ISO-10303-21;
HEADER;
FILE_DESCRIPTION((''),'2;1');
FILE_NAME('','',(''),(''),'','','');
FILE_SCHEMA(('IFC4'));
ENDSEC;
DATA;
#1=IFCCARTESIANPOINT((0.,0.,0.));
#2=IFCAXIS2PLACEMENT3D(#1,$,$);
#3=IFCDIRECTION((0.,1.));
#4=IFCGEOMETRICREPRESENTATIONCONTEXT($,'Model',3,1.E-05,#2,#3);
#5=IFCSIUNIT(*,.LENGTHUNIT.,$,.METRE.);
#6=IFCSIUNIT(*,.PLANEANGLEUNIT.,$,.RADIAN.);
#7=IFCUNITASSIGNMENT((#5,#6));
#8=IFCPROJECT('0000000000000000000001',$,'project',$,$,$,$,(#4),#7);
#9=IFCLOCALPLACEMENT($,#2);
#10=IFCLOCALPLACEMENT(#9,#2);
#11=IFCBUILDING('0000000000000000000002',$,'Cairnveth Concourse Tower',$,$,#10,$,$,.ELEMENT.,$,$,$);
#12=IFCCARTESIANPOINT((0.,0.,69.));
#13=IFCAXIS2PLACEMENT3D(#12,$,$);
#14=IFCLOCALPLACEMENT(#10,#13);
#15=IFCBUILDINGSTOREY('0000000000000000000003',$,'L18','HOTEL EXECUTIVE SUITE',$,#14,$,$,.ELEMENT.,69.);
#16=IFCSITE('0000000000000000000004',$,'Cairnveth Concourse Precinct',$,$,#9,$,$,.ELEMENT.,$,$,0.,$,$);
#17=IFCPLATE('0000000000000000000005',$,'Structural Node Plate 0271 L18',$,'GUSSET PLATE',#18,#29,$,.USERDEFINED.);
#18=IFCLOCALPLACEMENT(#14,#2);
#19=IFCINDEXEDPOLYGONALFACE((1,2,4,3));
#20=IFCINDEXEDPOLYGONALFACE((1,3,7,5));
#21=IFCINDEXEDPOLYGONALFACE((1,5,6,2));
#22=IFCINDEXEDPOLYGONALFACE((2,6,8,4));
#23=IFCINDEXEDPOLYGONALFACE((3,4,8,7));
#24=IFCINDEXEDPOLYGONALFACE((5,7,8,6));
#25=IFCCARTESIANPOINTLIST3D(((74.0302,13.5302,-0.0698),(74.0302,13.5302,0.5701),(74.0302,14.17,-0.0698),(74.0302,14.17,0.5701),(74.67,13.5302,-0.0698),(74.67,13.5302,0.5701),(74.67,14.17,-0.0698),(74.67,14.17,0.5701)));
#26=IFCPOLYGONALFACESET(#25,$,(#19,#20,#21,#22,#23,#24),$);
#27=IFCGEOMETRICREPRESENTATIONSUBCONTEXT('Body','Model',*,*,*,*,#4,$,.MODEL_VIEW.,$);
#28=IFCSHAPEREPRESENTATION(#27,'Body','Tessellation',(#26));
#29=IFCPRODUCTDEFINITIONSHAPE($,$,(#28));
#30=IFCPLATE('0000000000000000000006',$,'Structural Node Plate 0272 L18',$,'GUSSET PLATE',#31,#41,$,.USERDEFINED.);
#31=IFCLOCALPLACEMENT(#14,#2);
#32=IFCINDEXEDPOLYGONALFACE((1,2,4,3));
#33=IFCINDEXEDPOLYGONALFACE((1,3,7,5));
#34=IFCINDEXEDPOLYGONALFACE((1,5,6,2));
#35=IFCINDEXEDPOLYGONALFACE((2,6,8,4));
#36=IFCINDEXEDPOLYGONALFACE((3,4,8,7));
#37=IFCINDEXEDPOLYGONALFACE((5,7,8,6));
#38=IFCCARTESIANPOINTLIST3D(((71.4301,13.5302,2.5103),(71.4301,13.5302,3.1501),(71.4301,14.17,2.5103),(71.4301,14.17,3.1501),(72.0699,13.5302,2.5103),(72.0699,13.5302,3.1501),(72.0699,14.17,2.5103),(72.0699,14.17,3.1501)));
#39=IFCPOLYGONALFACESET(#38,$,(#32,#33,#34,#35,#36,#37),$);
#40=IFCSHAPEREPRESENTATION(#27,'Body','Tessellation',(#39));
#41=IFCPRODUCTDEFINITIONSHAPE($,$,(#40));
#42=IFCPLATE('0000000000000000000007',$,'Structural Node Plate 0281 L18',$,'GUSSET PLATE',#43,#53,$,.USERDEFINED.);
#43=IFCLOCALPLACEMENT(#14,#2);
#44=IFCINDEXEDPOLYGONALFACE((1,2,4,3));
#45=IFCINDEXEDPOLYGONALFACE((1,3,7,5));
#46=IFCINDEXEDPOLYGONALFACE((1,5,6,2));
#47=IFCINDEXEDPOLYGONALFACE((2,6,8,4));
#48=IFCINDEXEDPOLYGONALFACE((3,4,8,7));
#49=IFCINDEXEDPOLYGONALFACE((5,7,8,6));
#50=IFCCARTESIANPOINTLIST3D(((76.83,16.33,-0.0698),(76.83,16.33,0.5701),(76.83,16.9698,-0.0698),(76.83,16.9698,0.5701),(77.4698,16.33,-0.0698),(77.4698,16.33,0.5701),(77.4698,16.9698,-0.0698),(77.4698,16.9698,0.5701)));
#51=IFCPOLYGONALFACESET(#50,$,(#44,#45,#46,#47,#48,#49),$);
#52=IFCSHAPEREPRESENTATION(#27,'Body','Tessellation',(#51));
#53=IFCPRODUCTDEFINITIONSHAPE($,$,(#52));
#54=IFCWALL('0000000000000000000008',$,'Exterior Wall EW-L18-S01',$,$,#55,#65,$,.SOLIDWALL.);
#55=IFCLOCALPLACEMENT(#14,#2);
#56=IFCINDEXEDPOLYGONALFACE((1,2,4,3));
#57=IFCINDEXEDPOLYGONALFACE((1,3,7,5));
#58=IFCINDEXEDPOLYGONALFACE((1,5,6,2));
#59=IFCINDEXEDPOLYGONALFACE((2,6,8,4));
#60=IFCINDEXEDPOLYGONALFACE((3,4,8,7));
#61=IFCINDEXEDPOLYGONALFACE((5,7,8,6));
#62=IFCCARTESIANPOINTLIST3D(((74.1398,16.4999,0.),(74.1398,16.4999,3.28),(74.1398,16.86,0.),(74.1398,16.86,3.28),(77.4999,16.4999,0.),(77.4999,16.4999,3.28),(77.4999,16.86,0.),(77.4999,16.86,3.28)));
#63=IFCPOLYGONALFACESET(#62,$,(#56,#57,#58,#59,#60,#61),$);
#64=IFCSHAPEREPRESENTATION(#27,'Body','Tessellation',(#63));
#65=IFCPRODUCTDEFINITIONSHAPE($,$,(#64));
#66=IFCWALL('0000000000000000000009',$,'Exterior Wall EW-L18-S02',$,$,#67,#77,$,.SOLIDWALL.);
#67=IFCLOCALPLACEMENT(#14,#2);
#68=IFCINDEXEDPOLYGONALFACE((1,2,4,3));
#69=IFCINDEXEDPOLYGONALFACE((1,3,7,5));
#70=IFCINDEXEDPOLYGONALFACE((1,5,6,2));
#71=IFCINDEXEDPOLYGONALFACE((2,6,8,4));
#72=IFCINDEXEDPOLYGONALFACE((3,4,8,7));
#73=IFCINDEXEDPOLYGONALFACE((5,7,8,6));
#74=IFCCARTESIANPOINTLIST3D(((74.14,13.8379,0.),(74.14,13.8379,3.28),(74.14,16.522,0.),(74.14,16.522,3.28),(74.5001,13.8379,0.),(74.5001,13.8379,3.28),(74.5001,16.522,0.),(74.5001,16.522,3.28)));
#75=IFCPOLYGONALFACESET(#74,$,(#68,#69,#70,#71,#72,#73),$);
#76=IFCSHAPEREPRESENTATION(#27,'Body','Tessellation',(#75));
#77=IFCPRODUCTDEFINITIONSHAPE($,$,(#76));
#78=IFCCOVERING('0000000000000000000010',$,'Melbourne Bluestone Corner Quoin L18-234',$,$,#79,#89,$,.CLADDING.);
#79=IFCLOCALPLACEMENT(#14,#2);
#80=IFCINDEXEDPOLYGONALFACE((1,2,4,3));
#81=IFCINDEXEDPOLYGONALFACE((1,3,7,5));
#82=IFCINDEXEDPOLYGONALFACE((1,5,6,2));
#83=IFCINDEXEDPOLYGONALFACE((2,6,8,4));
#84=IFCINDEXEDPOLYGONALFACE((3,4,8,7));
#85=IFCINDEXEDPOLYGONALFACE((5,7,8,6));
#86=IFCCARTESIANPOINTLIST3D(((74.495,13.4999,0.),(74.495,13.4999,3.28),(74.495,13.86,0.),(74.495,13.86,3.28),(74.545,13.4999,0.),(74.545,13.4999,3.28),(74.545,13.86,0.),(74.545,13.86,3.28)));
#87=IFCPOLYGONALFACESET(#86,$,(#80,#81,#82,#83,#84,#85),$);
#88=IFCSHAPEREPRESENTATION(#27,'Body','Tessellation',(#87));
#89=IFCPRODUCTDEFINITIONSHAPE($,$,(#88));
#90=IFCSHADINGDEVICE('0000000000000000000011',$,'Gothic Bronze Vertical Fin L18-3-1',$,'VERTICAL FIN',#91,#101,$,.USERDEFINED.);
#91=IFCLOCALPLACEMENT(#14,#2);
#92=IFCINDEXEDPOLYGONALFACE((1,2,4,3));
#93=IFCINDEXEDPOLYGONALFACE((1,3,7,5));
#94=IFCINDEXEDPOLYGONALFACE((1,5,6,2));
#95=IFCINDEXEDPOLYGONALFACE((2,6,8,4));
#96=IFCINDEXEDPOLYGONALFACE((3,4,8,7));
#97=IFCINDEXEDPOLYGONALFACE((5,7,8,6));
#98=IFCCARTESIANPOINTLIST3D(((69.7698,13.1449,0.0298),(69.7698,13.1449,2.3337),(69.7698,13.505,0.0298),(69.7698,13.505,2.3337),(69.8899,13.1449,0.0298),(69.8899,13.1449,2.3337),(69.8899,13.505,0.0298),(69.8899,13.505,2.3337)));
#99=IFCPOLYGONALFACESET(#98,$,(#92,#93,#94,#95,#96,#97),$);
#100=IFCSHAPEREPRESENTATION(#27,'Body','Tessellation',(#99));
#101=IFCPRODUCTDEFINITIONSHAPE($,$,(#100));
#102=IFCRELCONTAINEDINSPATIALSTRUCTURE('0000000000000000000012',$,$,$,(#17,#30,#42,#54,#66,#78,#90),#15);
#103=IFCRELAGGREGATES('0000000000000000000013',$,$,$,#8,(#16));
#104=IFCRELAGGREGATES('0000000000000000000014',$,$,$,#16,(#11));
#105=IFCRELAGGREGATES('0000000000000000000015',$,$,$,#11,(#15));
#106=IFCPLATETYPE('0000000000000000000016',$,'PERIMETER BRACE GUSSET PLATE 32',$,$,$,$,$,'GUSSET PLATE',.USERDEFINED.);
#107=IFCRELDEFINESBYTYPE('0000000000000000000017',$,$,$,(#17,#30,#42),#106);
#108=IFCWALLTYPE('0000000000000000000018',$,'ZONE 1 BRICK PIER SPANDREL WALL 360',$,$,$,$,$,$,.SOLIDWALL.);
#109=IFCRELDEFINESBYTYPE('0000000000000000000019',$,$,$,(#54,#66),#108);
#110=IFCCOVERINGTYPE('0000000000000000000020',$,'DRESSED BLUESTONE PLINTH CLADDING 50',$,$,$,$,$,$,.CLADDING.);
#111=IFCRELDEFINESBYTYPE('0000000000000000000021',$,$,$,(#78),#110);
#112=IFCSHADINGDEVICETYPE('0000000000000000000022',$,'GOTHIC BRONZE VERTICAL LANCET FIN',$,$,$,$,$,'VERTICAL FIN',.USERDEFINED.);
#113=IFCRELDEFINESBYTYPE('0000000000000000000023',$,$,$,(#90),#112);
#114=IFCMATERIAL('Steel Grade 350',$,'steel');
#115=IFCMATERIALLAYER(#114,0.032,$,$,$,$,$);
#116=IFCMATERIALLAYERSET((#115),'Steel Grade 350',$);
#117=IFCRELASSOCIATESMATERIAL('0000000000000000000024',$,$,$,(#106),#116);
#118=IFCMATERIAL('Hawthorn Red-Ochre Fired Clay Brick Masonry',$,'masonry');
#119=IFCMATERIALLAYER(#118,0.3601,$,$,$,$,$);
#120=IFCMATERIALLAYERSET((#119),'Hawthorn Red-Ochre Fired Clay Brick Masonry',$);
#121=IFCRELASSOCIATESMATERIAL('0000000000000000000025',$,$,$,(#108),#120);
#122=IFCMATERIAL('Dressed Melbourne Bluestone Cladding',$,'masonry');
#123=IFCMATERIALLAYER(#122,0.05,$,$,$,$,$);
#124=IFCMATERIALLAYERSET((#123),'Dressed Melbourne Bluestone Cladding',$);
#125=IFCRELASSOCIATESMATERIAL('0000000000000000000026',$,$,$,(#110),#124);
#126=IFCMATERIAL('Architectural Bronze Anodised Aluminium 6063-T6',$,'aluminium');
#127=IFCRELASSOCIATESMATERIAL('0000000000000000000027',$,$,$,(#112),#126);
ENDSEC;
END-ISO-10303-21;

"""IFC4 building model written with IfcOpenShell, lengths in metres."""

from ifc_helpers import new_model, si_unit, direction, frame, frame_2d, origin, origin_2d, place, context, subcontext, project, spatial, rectangle, extrude, material, layer, layer_set, type_object, element, save


model = new_model("IFC4")

# Units and contexts
model_context = context("Model", 3, precision=1e-05, world=origin(), true_north=direction((0.0, 1.0)))
body_context = subcontext(model_context, "Body", "Model", "MODEL_VIEW")
ifc_project = project(units=[si_unit("LENGTHUNIT", "METRE"), si_unit("PLANEANGLEUNIT", "RADIAN")], contexts=[model_context])

# Site, building, storey
site_placement = place(None, origin())
site = spatial("IfcSite", under=ifc_project, at=site_placement, Name="Cairnveth Concourse Precinct", CompositionType="ELEMENT", RefElevation=0.0)
building_placement = place(site_placement, origin())
building = spatial("IfcBuilding", under=site, at=building_placement, Name="Cairnveth Concourse Tower", CompositionType="ELEMENT")
storey_placement = place(building_placement, frame((0.0, 0.0, 69.0)))
storey = spatial("IfcBuildingStorey", under=building, at=storey_placement, Name="L18", Description="HOTEL EXECUTIVE SUITE", CompositionType="ELEMENT", Elevation=69.0)

# Shared definitions
ifc_material_1 = material(Name="Steel Grade 350", Category="steel")

# Plates
ifc_layer_1 = layer(ifc_material_1, 0.032)
ifc_layer_set_1 = layer_set([ifc_layer_1], Name="Steel Grade 350")
plate_type = type_object("IfcPlateType", Name="PERIMETER BRACE GUSSET PLATE 32", ElementType="GUSSET PLATE", PredefinedType="USERDEFINED", material=ifc_layer_set_1)
for number, where, z_axis, x_axis, name in (
    (1, (74.3501, 13.8501, -0.0698), (0.0, 0.0, 1.0), (1.0, 0.0, 0.0), "Structural Node Plate 0271 L18"),
    (2, (71.75, 13.8501, 2.5103), (0.0, 0.0, 1.0), (1.0, 0.0, 0.0), "Structural Node Plate 0272 L18"),
    (3, (77.1499, 16.6499, -0.0698), (0.0, 0.0, 1.0), (1.0, 0.0, 0.0), "Structural Node Plate 0281 L18"),
):
    element("IfcPlate", number, at=place(storey_placement, frame(where, z_axis=z_axis, x_axis=x_axis)), inside=storey, type_object=plate_type, Name=name, ObjectType="GUSSET PLATE", PredefinedType="USERDEFINED", context=body_context, shape_type="SweptSolid", body=[
        extrude(rectangle(XDim=0.6399, YDim=0.6399, at=origin_2d()), origin(), (0.0, 0.0, 1.0), 0.6399),
    ])

# Walls
ifc_material_2 = material(Name="Hawthorn Red-Ochre Fired Clay Brick Masonry", Category="masonry")
ifc_layer_2 = layer(ifc_material_2, 0.3601)
ifc_layer_set_2 = layer_set([ifc_layer_2], Name="Hawthorn Red-Ochre Fired Clay Brick Masonry")
wall_type = type_object("IfcWallType", Name="ZONE 1 BRICK PIER SPANDREL WALL 360", PredefinedType="SOLIDWALL", material=ifc_layer_set_2)
wall_1_placement = place(storey_placement, frame((77.5, 16.6799, 0.0), z_axis=(0.0, 0.0, 1.0), x_axis=(-1.0, 0.0, 0.0)))
element("IfcWall", 4, at=wall_1_placement, inside=storey, type_object=wall_type, Name="Exterior Wall EW-L18-S01", PredefinedType="SOLIDWALL", context=body_context, shape_type="SweptSolid", body=[
    extrude(rectangle(XDim=3.3601, YDim=0.3601, at=frame_2d((1.6802, 0.0))), origin(), (0.0, 0.0, 1.0), 3.28),
])
wall_2_placement = place(storey_placement, frame((74.3201, 16.522, 0.0), z_axis=(0.0, 0.0, 1.0), x_axis=(0.0, -1.0, 0.0)))
element("IfcWall", 5, at=wall_2_placement, inside=storey, type_object=wall_type, Name="Exterior Wall EW-L18-S02", PredefinedType="SOLIDWALL", context=body_context, shape_type="SweptSolid", body=[
    extrude(rectangle(XDim=2.6841, YDim=0.3601, at=frame_2d((1.342, 0.0))), origin(), (0.0, 0.0, 1.0), 3.28),
])

# Covering
ifc_material_3 = material(Name="Dressed Melbourne Bluestone Cladding", Category="masonry")
ifc_layer_3 = layer(ifc_material_3, 0.05)
ifc_layer_set_3 = layer_set([ifc_layer_3], Name="Dressed Melbourne Bluestone Cladding")
covering_type = type_object("IfcCoveringType", Name="DRESSED BLUESTONE PLINTH CLADDING 50", PredefinedType="CLADDING", material=ifc_layer_set_3)
covering_placement = place(storey_placement, frame((74.52, 13.8601, 0.0), z_axis=(0.0, 0.0, 1.0), x_axis=(0.0, -1.0, 0.0)))
element("IfcCovering", 6, at=covering_placement, inside=storey, type_object=covering_type, Name="Melbourne Bluestone Corner Quoin L18-234", PredefinedType="CLADDING", context=body_context, shape_type="SweptSolid", body=[
    extrude(rectangle(XDim=0.3601, YDim=0.05, at=frame_2d((0.1802, 0.0))), origin(), (0.0, 0.0, 1.0), 3.28),
])

# Shading device
ifc_material_4 = material(Name="Architectural Bronze Anodised Aluminium 6063-T6", Category="aluminium")
shading_device_type = type_object("IfcShadingDeviceType", Name="GOTHIC BRONZE VERTICAL LANCET FIN", ElementType="VERTICAL FIN", PredefinedType="USERDEFINED", material=ifc_material_4)
shading_device_placement = place(storey_placement, frame((69.8298, 13.325, 0.0298), z_axis=(0.0, 0.0, 1.0), x_axis=(1.0, 0.0, 0.0)))
element("IfcShadingDevice", 7, at=shading_device_placement, inside=storey, type_object=shading_device_type, Name="Gothic Bronze Vertical Fin L18-3-1", ObjectType="VERTICAL FIN", PredefinedType="USERDEFINED", context=body_context, shape_type="SweptSolid", body=[
    extrude(rectangle(XDim=0.1201, YDim=0.3601, at=origin_2d()), origin(), (0.0, 0.0, 1.0), 2.304),
])

save(model, "model.ifc")
